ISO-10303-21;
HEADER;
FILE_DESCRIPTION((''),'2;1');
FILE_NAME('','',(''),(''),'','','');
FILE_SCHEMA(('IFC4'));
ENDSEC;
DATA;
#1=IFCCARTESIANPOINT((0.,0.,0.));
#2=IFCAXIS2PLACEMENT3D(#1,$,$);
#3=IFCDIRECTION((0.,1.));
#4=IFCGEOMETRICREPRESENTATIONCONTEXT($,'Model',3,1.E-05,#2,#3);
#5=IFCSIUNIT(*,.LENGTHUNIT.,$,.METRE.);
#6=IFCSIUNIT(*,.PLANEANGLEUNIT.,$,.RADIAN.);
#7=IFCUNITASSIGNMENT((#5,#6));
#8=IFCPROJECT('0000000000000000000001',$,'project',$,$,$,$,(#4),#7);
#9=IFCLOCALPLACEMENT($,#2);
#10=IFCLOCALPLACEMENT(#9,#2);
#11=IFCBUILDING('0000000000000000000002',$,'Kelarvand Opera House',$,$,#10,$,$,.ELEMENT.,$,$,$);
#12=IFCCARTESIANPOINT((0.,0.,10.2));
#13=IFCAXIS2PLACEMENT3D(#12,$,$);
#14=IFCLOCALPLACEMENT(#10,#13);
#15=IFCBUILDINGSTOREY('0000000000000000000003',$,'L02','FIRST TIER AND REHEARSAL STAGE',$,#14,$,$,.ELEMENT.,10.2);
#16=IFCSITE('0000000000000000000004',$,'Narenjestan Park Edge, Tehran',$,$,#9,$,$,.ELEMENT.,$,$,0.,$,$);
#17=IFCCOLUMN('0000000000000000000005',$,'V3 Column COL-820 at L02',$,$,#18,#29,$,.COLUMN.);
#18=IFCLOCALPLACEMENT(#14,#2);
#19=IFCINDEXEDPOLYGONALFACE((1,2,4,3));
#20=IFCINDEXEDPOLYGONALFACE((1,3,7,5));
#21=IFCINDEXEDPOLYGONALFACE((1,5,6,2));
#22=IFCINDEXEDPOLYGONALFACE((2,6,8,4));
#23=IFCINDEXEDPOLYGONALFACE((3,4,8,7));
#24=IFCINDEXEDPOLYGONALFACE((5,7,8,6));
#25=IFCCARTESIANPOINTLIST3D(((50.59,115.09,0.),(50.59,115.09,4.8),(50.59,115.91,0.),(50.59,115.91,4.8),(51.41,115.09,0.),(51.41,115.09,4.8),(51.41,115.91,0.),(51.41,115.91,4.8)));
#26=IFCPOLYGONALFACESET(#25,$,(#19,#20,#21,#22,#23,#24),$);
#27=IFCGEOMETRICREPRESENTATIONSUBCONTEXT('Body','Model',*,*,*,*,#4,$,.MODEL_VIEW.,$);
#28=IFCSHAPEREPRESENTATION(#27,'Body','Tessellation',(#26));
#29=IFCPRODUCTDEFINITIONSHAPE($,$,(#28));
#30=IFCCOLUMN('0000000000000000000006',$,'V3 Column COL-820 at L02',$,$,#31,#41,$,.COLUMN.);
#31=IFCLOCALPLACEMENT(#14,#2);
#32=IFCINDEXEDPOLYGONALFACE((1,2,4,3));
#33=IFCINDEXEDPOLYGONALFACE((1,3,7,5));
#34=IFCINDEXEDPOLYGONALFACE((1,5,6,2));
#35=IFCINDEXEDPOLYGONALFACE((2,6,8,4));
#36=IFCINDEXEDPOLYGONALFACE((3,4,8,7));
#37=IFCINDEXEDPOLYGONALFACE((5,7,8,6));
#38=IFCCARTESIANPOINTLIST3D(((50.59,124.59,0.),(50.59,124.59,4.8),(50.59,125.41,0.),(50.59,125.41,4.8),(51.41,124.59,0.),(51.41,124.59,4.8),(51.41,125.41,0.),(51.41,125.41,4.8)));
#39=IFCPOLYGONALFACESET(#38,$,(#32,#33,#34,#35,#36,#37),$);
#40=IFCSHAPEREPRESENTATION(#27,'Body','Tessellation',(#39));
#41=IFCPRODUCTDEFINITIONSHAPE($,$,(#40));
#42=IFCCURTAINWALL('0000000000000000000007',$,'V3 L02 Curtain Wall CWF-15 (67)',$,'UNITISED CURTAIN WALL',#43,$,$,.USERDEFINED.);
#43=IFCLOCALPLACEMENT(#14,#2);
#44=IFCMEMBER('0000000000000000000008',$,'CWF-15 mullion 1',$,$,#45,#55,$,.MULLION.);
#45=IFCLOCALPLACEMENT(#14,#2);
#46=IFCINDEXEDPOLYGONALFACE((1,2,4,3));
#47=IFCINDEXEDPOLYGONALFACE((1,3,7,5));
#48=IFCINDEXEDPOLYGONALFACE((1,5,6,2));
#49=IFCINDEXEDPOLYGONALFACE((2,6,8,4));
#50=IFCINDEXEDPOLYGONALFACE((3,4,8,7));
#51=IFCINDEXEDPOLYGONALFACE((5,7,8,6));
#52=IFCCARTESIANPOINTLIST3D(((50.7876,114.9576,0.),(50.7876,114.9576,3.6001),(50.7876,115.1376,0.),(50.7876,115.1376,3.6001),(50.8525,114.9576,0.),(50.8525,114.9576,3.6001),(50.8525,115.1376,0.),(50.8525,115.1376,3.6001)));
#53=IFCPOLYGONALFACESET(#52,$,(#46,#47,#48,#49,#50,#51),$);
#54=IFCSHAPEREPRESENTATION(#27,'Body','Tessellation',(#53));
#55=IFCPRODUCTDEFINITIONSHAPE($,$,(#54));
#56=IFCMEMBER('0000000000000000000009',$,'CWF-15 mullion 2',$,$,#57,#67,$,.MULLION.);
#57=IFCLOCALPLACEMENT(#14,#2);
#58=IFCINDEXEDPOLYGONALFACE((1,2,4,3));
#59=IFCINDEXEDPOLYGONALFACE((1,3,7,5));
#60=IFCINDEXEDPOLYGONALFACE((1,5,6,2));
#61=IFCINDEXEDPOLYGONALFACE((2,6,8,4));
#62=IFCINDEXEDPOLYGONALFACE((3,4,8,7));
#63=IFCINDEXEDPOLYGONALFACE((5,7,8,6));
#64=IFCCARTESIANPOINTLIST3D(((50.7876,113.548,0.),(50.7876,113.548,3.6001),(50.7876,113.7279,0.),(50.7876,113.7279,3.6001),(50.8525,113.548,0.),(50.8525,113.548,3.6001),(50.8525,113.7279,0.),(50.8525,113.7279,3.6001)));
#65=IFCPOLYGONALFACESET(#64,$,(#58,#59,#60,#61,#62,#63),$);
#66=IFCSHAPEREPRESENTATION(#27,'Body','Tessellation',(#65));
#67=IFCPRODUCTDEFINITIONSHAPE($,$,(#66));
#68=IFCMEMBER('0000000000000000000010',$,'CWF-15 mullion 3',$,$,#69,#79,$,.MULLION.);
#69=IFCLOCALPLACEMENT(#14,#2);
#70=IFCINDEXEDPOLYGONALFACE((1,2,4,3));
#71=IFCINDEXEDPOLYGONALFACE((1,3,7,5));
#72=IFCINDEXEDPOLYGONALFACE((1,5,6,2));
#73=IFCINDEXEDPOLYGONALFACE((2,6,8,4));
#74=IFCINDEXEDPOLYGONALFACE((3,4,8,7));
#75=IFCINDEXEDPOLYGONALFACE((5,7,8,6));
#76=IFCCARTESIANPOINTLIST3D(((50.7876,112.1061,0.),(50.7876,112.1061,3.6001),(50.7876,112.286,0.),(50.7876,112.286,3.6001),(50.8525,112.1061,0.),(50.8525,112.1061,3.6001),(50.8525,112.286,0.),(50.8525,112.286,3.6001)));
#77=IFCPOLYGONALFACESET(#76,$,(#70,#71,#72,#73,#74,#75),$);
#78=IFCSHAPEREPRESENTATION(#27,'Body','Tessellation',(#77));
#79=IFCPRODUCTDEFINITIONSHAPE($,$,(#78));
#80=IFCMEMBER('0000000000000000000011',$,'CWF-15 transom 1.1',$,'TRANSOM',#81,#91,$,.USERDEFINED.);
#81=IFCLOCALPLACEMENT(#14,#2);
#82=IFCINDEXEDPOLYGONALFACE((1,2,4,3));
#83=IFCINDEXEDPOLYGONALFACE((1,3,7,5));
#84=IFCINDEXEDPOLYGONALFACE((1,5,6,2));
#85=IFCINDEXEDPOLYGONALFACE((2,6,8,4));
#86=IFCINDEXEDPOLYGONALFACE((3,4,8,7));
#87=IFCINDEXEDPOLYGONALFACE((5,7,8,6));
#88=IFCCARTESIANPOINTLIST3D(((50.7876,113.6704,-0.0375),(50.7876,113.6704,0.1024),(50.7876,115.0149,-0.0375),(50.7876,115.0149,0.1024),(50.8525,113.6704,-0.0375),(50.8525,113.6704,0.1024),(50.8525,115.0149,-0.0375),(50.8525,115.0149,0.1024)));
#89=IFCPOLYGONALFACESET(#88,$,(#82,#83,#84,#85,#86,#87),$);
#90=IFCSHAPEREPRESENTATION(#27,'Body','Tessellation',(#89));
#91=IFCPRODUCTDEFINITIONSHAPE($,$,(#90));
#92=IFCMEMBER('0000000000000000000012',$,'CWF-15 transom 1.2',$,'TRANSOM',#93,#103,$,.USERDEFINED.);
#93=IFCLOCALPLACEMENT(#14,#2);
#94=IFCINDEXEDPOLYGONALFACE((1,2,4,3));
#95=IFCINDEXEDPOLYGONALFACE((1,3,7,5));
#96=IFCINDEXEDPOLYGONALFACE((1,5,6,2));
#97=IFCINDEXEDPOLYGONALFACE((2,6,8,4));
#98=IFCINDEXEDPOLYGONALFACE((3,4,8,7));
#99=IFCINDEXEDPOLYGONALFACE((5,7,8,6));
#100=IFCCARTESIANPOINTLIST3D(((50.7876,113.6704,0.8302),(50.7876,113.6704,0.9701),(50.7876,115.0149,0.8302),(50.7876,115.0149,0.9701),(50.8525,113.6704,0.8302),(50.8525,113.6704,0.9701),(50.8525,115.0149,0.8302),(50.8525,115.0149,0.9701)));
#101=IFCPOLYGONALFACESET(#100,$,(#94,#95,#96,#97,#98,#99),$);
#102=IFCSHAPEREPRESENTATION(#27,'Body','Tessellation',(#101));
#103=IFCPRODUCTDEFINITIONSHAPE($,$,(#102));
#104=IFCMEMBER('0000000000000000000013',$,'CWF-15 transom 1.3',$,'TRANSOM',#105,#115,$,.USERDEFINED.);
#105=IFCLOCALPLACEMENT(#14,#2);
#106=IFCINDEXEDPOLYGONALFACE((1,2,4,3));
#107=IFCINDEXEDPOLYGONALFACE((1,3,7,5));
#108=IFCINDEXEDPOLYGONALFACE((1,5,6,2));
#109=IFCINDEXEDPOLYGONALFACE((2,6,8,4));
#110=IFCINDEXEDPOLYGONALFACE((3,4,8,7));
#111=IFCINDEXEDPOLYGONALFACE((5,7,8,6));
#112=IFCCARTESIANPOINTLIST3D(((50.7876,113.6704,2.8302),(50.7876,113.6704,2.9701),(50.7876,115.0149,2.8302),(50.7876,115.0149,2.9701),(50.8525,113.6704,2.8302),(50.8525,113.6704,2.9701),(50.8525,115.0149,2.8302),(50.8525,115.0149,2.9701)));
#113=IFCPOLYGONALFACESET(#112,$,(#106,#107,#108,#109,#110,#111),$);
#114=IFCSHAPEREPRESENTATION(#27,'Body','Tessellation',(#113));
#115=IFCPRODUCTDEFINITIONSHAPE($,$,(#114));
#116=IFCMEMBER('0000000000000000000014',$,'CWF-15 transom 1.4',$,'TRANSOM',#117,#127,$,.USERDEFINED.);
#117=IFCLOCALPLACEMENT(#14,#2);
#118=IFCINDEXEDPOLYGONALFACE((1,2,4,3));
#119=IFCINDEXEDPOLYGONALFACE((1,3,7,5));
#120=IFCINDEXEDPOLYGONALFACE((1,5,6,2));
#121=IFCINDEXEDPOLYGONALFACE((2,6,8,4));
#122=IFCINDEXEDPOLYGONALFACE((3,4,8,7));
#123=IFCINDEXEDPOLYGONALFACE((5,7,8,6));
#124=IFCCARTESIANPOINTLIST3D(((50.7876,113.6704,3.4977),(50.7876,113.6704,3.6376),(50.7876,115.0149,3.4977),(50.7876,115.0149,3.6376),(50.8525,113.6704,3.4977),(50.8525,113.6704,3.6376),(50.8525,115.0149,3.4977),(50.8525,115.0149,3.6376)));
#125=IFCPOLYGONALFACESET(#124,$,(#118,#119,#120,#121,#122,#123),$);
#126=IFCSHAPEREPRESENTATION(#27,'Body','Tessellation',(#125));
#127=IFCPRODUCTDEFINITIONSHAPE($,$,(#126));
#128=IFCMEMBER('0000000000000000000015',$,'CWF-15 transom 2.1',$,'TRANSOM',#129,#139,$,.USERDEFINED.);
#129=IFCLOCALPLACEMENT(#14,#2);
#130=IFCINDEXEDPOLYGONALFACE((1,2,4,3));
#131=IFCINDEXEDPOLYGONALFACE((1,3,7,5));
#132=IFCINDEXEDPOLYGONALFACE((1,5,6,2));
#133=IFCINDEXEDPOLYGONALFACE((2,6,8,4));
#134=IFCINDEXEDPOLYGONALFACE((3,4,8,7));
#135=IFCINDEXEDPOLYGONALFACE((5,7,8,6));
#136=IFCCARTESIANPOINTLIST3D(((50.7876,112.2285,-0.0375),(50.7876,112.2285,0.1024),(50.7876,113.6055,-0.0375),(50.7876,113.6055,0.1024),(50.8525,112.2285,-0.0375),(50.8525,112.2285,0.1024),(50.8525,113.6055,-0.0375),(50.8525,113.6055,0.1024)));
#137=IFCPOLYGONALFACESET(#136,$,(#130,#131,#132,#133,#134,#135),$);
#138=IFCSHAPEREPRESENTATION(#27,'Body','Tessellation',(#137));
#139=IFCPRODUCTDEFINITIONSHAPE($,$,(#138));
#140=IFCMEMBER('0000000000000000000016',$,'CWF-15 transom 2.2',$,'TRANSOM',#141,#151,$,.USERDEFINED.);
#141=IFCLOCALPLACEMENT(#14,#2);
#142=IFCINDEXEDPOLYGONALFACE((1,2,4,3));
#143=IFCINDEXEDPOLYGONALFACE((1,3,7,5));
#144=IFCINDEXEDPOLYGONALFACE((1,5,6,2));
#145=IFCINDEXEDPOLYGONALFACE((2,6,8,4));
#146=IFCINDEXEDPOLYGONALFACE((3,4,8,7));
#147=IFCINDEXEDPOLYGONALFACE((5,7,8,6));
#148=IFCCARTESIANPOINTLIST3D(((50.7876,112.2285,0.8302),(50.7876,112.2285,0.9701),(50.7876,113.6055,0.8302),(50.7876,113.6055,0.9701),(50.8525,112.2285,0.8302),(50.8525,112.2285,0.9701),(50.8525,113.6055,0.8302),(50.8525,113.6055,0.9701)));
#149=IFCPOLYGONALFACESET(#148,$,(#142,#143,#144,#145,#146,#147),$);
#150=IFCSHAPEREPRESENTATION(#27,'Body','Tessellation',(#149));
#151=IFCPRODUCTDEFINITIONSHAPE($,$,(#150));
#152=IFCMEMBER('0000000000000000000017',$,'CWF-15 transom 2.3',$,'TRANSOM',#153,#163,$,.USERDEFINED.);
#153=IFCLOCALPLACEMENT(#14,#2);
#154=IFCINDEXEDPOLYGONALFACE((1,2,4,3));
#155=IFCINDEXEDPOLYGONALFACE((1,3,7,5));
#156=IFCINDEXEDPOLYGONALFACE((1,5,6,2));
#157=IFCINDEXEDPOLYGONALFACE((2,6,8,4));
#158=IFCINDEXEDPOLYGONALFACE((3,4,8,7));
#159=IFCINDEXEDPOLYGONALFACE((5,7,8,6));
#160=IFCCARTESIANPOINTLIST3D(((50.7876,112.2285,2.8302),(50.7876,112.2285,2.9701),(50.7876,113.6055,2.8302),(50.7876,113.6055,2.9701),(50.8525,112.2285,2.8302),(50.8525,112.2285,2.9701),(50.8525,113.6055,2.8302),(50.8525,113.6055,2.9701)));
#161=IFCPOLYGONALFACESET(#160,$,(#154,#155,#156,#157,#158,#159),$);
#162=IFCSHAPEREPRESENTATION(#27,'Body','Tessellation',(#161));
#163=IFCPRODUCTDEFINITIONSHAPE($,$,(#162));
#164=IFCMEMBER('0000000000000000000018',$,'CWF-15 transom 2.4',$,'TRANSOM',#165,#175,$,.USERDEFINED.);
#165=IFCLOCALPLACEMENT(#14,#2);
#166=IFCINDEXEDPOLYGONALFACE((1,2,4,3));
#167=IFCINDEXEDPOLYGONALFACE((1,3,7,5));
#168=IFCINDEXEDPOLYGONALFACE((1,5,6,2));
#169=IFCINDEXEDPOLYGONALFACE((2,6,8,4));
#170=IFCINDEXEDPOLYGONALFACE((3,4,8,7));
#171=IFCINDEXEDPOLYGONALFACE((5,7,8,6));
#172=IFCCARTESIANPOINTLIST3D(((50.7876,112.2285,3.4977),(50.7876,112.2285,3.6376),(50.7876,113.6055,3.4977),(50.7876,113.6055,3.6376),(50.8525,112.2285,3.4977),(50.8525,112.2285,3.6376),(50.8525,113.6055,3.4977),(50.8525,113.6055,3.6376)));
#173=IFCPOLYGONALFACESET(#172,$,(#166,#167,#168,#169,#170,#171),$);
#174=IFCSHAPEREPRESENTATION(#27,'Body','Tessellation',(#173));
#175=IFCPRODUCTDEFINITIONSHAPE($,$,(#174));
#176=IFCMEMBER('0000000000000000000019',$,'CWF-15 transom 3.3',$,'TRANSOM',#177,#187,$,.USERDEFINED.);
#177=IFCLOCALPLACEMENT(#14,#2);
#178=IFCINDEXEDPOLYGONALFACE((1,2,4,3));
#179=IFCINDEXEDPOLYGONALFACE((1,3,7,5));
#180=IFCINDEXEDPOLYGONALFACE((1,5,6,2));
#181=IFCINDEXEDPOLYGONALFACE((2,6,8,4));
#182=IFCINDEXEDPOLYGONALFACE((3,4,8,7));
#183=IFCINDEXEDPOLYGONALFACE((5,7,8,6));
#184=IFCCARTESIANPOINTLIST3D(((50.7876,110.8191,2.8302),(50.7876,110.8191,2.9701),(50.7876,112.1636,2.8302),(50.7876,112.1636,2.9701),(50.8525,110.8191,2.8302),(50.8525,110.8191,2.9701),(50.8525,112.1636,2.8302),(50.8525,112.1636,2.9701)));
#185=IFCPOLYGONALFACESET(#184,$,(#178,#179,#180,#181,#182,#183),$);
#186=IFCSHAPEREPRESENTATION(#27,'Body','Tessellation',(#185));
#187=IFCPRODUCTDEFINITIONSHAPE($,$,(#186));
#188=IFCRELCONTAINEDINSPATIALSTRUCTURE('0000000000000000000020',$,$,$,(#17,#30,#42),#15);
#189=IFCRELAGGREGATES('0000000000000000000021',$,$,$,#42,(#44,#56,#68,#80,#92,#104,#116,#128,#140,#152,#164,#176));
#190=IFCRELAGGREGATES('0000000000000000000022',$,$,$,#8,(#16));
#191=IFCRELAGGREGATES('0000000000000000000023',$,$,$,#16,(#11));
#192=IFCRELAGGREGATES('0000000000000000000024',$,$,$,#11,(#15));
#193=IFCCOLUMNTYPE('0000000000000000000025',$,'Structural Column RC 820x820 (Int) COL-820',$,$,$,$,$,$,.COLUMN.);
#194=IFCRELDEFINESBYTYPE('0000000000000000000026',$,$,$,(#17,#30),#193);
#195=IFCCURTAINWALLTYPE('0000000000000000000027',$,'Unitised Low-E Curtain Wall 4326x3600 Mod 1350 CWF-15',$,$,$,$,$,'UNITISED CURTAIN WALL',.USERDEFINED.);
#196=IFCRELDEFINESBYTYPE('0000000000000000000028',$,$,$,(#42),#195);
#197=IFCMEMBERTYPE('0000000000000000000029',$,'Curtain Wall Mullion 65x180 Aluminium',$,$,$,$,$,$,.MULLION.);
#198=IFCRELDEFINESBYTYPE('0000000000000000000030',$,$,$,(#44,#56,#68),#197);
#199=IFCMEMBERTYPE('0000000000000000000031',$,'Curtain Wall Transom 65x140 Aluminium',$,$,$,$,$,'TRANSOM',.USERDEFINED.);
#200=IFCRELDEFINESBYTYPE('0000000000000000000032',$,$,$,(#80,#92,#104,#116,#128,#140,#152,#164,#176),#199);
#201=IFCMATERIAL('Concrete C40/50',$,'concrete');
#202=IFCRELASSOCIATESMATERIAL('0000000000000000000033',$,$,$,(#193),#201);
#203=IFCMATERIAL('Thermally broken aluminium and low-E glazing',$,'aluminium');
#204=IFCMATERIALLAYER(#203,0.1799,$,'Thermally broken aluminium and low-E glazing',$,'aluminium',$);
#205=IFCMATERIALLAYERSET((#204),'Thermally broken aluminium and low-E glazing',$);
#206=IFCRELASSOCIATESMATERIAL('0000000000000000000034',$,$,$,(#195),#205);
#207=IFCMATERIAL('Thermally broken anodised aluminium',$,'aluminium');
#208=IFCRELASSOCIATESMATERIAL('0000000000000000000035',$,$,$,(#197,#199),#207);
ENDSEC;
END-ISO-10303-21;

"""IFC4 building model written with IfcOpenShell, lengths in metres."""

from ifc_helpers import new_model, si_unit, direction, frame, origin, origin_2d, place, context, subcontext, project, spatial, rectangle, extrude, material, layer, layer_set, material_profile, profile_set, type_object, element, aggregate, save


model = new_model("IFC4")

# Units and contexts
model_context = context("Model", 3, precision=1e-05, world=origin(), true_north=direction((0.0, 1.0)))
body_context = subcontext(model_context, "Body", "Model", "MODEL_VIEW")
ifc_project = project(units=[si_unit("LENGTHUNIT", "METRE"), si_unit("PLANEANGLEUNIT", "RADIAN")], contexts=[model_context])

# Site, building, storey
site_placement = place(None, origin())
site = spatial("IfcSite", under=ifc_project, at=site_placement, Name="Narenjestan Park Edge, Tehran", CompositionType="ELEMENT", RefElevation=0.0)
building_placement = place(site_placement, origin())
building = spatial("IfcBuilding", under=site, at=building_placement, Name="Kelarvand Opera House", CompositionType="ELEMENT")
storey_placement = place(building_placement, frame((0.0, 0.0, 10.2)))
storey = spatial("IfcBuildingStorey", under=building, at=storey_placement, Name="L02", Description="FIRST TIER AND REHEARSAL STAGE", CompositionType="ELEMENT", Elevation=10.2)

# Columns
ifc_material_1 = material(Name="Concrete C40/50", Category="concrete")
ifc_material_profile_1 = material_profile(ifc_material_1, rectangle(XDim=0.8201, YDim=0.8201, at=origin_2d()), Name="RC 820x820", Category="concrete")
ifc_profile_set_1 = profile_set([ifc_material_profile_1], Name="Concrete C40/50")
column_type = type_object("IfcColumnType", Name="Structural Column RC 820x820 (Int) COL-820", PredefinedType="COLUMN", material=ifc_profile_set_1)
for number, where, z_axis, x_axis, name in (
    (1, (51.0, 115.5, 0.0), (0.0, 0.0, 1.0), (1.0, 0.0, 0.0), "V3 Column COL-820 at L02"),
    (2, (51.0, 125.0, 0.0), (0.0, 0.0, 1.0), (1.0, 0.0, 0.0), "V3 Column COL-820 at L02"),
):
    element("IfcColumn", number, at=place(storey_placement, frame(where, z_axis=z_axis, x_axis=x_axis)), inside=storey, type_object=column_type, Name=name, PredefinedType="COLUMN", context=body_context, shape_type="SweptSolid", body=[
        extrude(rectangle(XDim=0.8201, YDim=0.8201, at=origin_2d()), origin(), (0.0, 0.0, 1.0), 4.8),
    ])

# Curtain wall, members
ifc_material_2 = material(Name="Thermally broken aluminium and low-E glazing", Category="aluminium")
ifc_layer_1 = layer(ifc_material_2, 0.1799, Name="Thermally broken aluminium and low-E glazing", Category="aluminium")
ifc_layer_set_1 = layer_set([ifc_layer_1], Name="Thermally broken aluminium and low-E glazing")
curtain_wall_type = type_object("IfcCurtainWallType", Name="Unitised Low-E Curtain Wall 4326x3600 Mod 1350 CWF-15", ElementType="UNITISED CURTAIN WALL", PredefinedType="USERDEFINED", material=ifc_layer_set_1)
curtain_wall_placement = place(storey_placement, origin())
curtain_wall = element("IfcCurtainWall", 3, at=curtain_wall_placement, inside=storey, type_object=curtain_wall_type, Name="V3 L02 Curtain Wall CWF-15 (67)", ObjectType="UNITISED CURTAIN WALL", PredefinedType="USERDEFINED")
ifc_material_3 = material(Name="Thermally broken anodised aluminium", Category="aluminium")
ifc_material_profile_2 = material_profile(ifc_material_3, rectangle(XDim=0.0649, YDim=0.1799, at=origin_2d()), Name="ALU MULLION 65x180", Category="aluminium")
ifc_profile_set_2 = profile_set([ifc_material_profile_2], Name="Thermally broken anodised aluminium")
member_type_1 = type_object("IfcMemberType", Name="Curtain Wall Mullion 65x180 Aluminium", PredefinedType="MULLION", material=ifc_profile_set_2)
member_1_placement = place(storey_placement, frame((50.8201, 115.0476, 0.0), z_axis=(0.0, 0.0, 1.0), x_axis=(1.0, 0.0, 0.0)))
member_1 = element("IfcMember", 4, at=member_1_placement, type_object=member_type_1, Name="CWF-15 mullion 1", PredefinedType="MULLION", context=body_context, shape_type="SweptSolid", body=[
    extrude(rectangle(XDim=0.0649, YDim=0.1799, at=origin_2d()), origin(), (0.0, 0.0, 1.0), 3.6001),
])
member_2_placement = place(storey_placement, frame((50.8201, 113.6379, 0.0), z_axis=(0.0, 0.0, 1.0), x_axis=(1.0, 0.0, 0.0)))
member_2 = element("IfcMember", 5, at=member_2_placement, type_object=member_type_1, Name="CWF-15 mullion 2", PredefinedType="MULLION", context=body_context, shape_type="SweptSolid", body=[
    extrude(rectangle(XDim=0.0649, YDim=0.1799, at=origin_2d()), origin(), (0.0, 0.0, 1.0), 3.6001),
])
member_3_placement = place(storey_placement, frame((50.8201, 112.196, 0.0), z_axis=(0.0, 0.0, 1.0), x_axis=(1.0, 0.0, 0.0)))
member_3 = element("IfcMember", 6, at=member_3_placement, type_object=member_type_1, Name="CWF-15 mullion 3", PredefinedType="MULLION", context=body_context, shape_type="SweptSolid", body=[
    extrude(rectangle(XDim=0.0649, YDim=0.1799, at=origin_2d()), origin(), (0.0, 0.0, 1.0), 3.6001),
])
ifc_material_profile_3 = material_profile(ifc_material_3, rectangle(XDim=0.0649, YDim=0.1399, at=origin_2d()), Name="ALU TRANSOM 65x140", Category="aluminium")
ifc_profile_set_3 = profile_set([ifc_material_profile_3], Name="Thermally broken anodised aluminium")
member_type_2 = type_object("IfcMemberType", Name="Curtain Wall Transom 65x140 Aluminium", ElementType="TRANSOM", PredefinedType="USERDEFINED", material=ifc_profile_set_3)
member_4_placement = place(storey_placement, frame((50.8201, 115.0149, 0.0325), z_axis=(0.0, -1.0, 0.0), x_axis=(1.0, 0.0, 0.0)))
member_4 = element("IfcMember", 7, at=member_4_placement, type_object=member_type_2, Name="CWF-15 transom 1.1", ObjectType="TRANSOM", PredefinedType="USERDEFINED", context=body_context, shape_type="SweptSolid", body=[
    extrude(rectangle(XDim=0.0649, YDim=0.1399, at=origin_2d()), origin(), (0.0, 0.0, 1.0), 1.3445),
])
member_5_placement = place(storey_placement, frame((50.8201, 115.0149, 0.9001), z_axis=(0.0, -1.0, 0.0), x_axis=(1.0, 0.0, 0.0)))
member_5 = element("IfcMember", 8, at=member_5_placement, type_object=member_type_2, Name="CWF-15 transom 1.2", ObjectType="TRANSOM", PredefinedType="USERDEFINED", context=body_context, shape_type="SweptSolid", body=[
    extrude(rectangle(XDim=0.0649, YDim=0.1399, at=origin_2d()), origin(), (0.0, 0.0, 1.0), 1.3445),
])
member_6_placement = place(storey_placement, frame((50.8201, 115.0149, 2.9001), z_axis=(0.0, -1.0, 0.0), x_axis=(1.0, 0.0, 0.0)))
member_6 = element("IfcMember", 9, at=member_6_placement, type_object=member_type_2, Name="CWF-15 transom 1.3", ObjectType="TRANSOM", PredefinedType="USERDEFINED", context=body_context, shape_type="SweptSolid", body=[
    extrude(rectangle(XDim=0.0649, YDim=0.1399, at=origin_2d()), origin(), (0.0, 0.0, 1.0), 1.3445),
])
member_7_placement = place(storey_placement, frame((50.8201, 115.0149, 3.5676), z_axis=(0.0, -1.0, 0.0), x_axis=(1.0, 0.0, 0.0)))
member_7 = element("IfcMember", 10, at=member_7_placement, type_object=member_type_2, Name="CWF-15 transom 1.4", ObjectType="TRANSOM", PredefinedType="USERDEFINED", context=body_context, shape_type="SweptSolid", body=[
    extrude(rectangle(XDim=0.0649, YDim=0.1399, at=origin_2d()), origin(), (0.0, 0.0, 1.0), 1.3445),
])
member_8_placement = place(storey_placement, frame((50.8201, 113.6055, 0.0325), z_axis=(0.0, -1.0, 0.0), x_axis=(1.0, 0.0, 0.0)))
member_8 = element("IfcMember", 11, at=member_8_placement, type_object=member_type_2, Name="CWF-15 transom 2.1", ObjectType="TRANSOM", PredefinedType="USERDEFINED", context=body_context, shape_type="SweptSolid", body=[
    extrude(rectangle(XDim=0.0649, YDim=0.1399, at=origin_2d()), origin(), (0.0, 0.0, 1.0), 1.377),
])
member_9_placement = place(storey_placement, frame((50.8201, 113.6055, 0.9001), z_axis=(0.0, -1.0, 0.0), x_axis=(1.0, 0.0, 0.0)))
member_9 = element("IfcMember", 12, at=member_9_placement, type_object=member_type_2, Name="CWF-15 transom 2.2", ObjectType="TRANSOM", PredefinedType="USERDEFINED", context=body_context, shape_type="SweptSolid", body=[
    extrude(rectangle(XDim=0.0649, YDim=0.1399, at=origin_2d()), origin(), (0.0, 0.0, 1.0), 1.377),
])
member_10_placement = place(storey_placement, frame((50.8201, 113.6055, 2.9001), z_axis=(0.0, -1.0, 0.0), x_axis=(1.0, 0.0, 0.0)))
member_10 = element("IfcMember", 13, at=member_10_placement, type_object=member_type_2, Name="CWF-15 transom 2.3", ObjectType="TRANSOM", PredefinedType="USERDEFINED", context=body_context, shape_type="SweptSolid", body=[
    extrude(rectangle(XDim=0.0649, YDim=0.1399, at=origin_2d()), origin(), (0.0, 0.0, 1.0), 1.377),
])
member_11_placement = place(storey_placement, frame((50.8201, 113.6055, 3.5676), z_axis=(0.0, -1.0, 0.0), x_axis=(1.0, 0.0, 0.0)))
member_11 = element("IfcMember", 14, at=member_11_placement, type_object=member_type_2, Name="CWF-15 transom 2.4", ObjectType="TRANSOM", PredefinedType="USERDEFINED", context=body_context, shape_type="SweptSolid", body=[
    extrude(rectangle(XDim=0.0649, YDim=0.1399, at=origin_2d()), origin(), (0.0, 0.0, 1.0), 1.377),
])
member_12_placement = place(storey_placement, frame((50.8201, 112.1636, 2.9001), z_axis=(0.0, -1.0, 0.0), x_axis=(1.0, 0.0, 0.0)))
member_12 = element("IfcMember", 15, at=member_12_placement, type_object=member_type_2, Name="CWF-15 transom 3.3", ObjectType="TRANSOM", PredefinedType="USERDEFINED", context=body_context, shape_type="SweptSolid", body=[
    extrude(rectangle(XDim=0.0649, YDim=0.1399, at=origin_2d()), origin(), (0.0, 0.0, 1.0), 1.3445),
])

aggregate(curtain_wall, [member_1, member_2, member_3, member_4, member_5, member_6, member_7, member_8, member_9, member_10, member_11, member_12])

save(model, "model.ifc")
